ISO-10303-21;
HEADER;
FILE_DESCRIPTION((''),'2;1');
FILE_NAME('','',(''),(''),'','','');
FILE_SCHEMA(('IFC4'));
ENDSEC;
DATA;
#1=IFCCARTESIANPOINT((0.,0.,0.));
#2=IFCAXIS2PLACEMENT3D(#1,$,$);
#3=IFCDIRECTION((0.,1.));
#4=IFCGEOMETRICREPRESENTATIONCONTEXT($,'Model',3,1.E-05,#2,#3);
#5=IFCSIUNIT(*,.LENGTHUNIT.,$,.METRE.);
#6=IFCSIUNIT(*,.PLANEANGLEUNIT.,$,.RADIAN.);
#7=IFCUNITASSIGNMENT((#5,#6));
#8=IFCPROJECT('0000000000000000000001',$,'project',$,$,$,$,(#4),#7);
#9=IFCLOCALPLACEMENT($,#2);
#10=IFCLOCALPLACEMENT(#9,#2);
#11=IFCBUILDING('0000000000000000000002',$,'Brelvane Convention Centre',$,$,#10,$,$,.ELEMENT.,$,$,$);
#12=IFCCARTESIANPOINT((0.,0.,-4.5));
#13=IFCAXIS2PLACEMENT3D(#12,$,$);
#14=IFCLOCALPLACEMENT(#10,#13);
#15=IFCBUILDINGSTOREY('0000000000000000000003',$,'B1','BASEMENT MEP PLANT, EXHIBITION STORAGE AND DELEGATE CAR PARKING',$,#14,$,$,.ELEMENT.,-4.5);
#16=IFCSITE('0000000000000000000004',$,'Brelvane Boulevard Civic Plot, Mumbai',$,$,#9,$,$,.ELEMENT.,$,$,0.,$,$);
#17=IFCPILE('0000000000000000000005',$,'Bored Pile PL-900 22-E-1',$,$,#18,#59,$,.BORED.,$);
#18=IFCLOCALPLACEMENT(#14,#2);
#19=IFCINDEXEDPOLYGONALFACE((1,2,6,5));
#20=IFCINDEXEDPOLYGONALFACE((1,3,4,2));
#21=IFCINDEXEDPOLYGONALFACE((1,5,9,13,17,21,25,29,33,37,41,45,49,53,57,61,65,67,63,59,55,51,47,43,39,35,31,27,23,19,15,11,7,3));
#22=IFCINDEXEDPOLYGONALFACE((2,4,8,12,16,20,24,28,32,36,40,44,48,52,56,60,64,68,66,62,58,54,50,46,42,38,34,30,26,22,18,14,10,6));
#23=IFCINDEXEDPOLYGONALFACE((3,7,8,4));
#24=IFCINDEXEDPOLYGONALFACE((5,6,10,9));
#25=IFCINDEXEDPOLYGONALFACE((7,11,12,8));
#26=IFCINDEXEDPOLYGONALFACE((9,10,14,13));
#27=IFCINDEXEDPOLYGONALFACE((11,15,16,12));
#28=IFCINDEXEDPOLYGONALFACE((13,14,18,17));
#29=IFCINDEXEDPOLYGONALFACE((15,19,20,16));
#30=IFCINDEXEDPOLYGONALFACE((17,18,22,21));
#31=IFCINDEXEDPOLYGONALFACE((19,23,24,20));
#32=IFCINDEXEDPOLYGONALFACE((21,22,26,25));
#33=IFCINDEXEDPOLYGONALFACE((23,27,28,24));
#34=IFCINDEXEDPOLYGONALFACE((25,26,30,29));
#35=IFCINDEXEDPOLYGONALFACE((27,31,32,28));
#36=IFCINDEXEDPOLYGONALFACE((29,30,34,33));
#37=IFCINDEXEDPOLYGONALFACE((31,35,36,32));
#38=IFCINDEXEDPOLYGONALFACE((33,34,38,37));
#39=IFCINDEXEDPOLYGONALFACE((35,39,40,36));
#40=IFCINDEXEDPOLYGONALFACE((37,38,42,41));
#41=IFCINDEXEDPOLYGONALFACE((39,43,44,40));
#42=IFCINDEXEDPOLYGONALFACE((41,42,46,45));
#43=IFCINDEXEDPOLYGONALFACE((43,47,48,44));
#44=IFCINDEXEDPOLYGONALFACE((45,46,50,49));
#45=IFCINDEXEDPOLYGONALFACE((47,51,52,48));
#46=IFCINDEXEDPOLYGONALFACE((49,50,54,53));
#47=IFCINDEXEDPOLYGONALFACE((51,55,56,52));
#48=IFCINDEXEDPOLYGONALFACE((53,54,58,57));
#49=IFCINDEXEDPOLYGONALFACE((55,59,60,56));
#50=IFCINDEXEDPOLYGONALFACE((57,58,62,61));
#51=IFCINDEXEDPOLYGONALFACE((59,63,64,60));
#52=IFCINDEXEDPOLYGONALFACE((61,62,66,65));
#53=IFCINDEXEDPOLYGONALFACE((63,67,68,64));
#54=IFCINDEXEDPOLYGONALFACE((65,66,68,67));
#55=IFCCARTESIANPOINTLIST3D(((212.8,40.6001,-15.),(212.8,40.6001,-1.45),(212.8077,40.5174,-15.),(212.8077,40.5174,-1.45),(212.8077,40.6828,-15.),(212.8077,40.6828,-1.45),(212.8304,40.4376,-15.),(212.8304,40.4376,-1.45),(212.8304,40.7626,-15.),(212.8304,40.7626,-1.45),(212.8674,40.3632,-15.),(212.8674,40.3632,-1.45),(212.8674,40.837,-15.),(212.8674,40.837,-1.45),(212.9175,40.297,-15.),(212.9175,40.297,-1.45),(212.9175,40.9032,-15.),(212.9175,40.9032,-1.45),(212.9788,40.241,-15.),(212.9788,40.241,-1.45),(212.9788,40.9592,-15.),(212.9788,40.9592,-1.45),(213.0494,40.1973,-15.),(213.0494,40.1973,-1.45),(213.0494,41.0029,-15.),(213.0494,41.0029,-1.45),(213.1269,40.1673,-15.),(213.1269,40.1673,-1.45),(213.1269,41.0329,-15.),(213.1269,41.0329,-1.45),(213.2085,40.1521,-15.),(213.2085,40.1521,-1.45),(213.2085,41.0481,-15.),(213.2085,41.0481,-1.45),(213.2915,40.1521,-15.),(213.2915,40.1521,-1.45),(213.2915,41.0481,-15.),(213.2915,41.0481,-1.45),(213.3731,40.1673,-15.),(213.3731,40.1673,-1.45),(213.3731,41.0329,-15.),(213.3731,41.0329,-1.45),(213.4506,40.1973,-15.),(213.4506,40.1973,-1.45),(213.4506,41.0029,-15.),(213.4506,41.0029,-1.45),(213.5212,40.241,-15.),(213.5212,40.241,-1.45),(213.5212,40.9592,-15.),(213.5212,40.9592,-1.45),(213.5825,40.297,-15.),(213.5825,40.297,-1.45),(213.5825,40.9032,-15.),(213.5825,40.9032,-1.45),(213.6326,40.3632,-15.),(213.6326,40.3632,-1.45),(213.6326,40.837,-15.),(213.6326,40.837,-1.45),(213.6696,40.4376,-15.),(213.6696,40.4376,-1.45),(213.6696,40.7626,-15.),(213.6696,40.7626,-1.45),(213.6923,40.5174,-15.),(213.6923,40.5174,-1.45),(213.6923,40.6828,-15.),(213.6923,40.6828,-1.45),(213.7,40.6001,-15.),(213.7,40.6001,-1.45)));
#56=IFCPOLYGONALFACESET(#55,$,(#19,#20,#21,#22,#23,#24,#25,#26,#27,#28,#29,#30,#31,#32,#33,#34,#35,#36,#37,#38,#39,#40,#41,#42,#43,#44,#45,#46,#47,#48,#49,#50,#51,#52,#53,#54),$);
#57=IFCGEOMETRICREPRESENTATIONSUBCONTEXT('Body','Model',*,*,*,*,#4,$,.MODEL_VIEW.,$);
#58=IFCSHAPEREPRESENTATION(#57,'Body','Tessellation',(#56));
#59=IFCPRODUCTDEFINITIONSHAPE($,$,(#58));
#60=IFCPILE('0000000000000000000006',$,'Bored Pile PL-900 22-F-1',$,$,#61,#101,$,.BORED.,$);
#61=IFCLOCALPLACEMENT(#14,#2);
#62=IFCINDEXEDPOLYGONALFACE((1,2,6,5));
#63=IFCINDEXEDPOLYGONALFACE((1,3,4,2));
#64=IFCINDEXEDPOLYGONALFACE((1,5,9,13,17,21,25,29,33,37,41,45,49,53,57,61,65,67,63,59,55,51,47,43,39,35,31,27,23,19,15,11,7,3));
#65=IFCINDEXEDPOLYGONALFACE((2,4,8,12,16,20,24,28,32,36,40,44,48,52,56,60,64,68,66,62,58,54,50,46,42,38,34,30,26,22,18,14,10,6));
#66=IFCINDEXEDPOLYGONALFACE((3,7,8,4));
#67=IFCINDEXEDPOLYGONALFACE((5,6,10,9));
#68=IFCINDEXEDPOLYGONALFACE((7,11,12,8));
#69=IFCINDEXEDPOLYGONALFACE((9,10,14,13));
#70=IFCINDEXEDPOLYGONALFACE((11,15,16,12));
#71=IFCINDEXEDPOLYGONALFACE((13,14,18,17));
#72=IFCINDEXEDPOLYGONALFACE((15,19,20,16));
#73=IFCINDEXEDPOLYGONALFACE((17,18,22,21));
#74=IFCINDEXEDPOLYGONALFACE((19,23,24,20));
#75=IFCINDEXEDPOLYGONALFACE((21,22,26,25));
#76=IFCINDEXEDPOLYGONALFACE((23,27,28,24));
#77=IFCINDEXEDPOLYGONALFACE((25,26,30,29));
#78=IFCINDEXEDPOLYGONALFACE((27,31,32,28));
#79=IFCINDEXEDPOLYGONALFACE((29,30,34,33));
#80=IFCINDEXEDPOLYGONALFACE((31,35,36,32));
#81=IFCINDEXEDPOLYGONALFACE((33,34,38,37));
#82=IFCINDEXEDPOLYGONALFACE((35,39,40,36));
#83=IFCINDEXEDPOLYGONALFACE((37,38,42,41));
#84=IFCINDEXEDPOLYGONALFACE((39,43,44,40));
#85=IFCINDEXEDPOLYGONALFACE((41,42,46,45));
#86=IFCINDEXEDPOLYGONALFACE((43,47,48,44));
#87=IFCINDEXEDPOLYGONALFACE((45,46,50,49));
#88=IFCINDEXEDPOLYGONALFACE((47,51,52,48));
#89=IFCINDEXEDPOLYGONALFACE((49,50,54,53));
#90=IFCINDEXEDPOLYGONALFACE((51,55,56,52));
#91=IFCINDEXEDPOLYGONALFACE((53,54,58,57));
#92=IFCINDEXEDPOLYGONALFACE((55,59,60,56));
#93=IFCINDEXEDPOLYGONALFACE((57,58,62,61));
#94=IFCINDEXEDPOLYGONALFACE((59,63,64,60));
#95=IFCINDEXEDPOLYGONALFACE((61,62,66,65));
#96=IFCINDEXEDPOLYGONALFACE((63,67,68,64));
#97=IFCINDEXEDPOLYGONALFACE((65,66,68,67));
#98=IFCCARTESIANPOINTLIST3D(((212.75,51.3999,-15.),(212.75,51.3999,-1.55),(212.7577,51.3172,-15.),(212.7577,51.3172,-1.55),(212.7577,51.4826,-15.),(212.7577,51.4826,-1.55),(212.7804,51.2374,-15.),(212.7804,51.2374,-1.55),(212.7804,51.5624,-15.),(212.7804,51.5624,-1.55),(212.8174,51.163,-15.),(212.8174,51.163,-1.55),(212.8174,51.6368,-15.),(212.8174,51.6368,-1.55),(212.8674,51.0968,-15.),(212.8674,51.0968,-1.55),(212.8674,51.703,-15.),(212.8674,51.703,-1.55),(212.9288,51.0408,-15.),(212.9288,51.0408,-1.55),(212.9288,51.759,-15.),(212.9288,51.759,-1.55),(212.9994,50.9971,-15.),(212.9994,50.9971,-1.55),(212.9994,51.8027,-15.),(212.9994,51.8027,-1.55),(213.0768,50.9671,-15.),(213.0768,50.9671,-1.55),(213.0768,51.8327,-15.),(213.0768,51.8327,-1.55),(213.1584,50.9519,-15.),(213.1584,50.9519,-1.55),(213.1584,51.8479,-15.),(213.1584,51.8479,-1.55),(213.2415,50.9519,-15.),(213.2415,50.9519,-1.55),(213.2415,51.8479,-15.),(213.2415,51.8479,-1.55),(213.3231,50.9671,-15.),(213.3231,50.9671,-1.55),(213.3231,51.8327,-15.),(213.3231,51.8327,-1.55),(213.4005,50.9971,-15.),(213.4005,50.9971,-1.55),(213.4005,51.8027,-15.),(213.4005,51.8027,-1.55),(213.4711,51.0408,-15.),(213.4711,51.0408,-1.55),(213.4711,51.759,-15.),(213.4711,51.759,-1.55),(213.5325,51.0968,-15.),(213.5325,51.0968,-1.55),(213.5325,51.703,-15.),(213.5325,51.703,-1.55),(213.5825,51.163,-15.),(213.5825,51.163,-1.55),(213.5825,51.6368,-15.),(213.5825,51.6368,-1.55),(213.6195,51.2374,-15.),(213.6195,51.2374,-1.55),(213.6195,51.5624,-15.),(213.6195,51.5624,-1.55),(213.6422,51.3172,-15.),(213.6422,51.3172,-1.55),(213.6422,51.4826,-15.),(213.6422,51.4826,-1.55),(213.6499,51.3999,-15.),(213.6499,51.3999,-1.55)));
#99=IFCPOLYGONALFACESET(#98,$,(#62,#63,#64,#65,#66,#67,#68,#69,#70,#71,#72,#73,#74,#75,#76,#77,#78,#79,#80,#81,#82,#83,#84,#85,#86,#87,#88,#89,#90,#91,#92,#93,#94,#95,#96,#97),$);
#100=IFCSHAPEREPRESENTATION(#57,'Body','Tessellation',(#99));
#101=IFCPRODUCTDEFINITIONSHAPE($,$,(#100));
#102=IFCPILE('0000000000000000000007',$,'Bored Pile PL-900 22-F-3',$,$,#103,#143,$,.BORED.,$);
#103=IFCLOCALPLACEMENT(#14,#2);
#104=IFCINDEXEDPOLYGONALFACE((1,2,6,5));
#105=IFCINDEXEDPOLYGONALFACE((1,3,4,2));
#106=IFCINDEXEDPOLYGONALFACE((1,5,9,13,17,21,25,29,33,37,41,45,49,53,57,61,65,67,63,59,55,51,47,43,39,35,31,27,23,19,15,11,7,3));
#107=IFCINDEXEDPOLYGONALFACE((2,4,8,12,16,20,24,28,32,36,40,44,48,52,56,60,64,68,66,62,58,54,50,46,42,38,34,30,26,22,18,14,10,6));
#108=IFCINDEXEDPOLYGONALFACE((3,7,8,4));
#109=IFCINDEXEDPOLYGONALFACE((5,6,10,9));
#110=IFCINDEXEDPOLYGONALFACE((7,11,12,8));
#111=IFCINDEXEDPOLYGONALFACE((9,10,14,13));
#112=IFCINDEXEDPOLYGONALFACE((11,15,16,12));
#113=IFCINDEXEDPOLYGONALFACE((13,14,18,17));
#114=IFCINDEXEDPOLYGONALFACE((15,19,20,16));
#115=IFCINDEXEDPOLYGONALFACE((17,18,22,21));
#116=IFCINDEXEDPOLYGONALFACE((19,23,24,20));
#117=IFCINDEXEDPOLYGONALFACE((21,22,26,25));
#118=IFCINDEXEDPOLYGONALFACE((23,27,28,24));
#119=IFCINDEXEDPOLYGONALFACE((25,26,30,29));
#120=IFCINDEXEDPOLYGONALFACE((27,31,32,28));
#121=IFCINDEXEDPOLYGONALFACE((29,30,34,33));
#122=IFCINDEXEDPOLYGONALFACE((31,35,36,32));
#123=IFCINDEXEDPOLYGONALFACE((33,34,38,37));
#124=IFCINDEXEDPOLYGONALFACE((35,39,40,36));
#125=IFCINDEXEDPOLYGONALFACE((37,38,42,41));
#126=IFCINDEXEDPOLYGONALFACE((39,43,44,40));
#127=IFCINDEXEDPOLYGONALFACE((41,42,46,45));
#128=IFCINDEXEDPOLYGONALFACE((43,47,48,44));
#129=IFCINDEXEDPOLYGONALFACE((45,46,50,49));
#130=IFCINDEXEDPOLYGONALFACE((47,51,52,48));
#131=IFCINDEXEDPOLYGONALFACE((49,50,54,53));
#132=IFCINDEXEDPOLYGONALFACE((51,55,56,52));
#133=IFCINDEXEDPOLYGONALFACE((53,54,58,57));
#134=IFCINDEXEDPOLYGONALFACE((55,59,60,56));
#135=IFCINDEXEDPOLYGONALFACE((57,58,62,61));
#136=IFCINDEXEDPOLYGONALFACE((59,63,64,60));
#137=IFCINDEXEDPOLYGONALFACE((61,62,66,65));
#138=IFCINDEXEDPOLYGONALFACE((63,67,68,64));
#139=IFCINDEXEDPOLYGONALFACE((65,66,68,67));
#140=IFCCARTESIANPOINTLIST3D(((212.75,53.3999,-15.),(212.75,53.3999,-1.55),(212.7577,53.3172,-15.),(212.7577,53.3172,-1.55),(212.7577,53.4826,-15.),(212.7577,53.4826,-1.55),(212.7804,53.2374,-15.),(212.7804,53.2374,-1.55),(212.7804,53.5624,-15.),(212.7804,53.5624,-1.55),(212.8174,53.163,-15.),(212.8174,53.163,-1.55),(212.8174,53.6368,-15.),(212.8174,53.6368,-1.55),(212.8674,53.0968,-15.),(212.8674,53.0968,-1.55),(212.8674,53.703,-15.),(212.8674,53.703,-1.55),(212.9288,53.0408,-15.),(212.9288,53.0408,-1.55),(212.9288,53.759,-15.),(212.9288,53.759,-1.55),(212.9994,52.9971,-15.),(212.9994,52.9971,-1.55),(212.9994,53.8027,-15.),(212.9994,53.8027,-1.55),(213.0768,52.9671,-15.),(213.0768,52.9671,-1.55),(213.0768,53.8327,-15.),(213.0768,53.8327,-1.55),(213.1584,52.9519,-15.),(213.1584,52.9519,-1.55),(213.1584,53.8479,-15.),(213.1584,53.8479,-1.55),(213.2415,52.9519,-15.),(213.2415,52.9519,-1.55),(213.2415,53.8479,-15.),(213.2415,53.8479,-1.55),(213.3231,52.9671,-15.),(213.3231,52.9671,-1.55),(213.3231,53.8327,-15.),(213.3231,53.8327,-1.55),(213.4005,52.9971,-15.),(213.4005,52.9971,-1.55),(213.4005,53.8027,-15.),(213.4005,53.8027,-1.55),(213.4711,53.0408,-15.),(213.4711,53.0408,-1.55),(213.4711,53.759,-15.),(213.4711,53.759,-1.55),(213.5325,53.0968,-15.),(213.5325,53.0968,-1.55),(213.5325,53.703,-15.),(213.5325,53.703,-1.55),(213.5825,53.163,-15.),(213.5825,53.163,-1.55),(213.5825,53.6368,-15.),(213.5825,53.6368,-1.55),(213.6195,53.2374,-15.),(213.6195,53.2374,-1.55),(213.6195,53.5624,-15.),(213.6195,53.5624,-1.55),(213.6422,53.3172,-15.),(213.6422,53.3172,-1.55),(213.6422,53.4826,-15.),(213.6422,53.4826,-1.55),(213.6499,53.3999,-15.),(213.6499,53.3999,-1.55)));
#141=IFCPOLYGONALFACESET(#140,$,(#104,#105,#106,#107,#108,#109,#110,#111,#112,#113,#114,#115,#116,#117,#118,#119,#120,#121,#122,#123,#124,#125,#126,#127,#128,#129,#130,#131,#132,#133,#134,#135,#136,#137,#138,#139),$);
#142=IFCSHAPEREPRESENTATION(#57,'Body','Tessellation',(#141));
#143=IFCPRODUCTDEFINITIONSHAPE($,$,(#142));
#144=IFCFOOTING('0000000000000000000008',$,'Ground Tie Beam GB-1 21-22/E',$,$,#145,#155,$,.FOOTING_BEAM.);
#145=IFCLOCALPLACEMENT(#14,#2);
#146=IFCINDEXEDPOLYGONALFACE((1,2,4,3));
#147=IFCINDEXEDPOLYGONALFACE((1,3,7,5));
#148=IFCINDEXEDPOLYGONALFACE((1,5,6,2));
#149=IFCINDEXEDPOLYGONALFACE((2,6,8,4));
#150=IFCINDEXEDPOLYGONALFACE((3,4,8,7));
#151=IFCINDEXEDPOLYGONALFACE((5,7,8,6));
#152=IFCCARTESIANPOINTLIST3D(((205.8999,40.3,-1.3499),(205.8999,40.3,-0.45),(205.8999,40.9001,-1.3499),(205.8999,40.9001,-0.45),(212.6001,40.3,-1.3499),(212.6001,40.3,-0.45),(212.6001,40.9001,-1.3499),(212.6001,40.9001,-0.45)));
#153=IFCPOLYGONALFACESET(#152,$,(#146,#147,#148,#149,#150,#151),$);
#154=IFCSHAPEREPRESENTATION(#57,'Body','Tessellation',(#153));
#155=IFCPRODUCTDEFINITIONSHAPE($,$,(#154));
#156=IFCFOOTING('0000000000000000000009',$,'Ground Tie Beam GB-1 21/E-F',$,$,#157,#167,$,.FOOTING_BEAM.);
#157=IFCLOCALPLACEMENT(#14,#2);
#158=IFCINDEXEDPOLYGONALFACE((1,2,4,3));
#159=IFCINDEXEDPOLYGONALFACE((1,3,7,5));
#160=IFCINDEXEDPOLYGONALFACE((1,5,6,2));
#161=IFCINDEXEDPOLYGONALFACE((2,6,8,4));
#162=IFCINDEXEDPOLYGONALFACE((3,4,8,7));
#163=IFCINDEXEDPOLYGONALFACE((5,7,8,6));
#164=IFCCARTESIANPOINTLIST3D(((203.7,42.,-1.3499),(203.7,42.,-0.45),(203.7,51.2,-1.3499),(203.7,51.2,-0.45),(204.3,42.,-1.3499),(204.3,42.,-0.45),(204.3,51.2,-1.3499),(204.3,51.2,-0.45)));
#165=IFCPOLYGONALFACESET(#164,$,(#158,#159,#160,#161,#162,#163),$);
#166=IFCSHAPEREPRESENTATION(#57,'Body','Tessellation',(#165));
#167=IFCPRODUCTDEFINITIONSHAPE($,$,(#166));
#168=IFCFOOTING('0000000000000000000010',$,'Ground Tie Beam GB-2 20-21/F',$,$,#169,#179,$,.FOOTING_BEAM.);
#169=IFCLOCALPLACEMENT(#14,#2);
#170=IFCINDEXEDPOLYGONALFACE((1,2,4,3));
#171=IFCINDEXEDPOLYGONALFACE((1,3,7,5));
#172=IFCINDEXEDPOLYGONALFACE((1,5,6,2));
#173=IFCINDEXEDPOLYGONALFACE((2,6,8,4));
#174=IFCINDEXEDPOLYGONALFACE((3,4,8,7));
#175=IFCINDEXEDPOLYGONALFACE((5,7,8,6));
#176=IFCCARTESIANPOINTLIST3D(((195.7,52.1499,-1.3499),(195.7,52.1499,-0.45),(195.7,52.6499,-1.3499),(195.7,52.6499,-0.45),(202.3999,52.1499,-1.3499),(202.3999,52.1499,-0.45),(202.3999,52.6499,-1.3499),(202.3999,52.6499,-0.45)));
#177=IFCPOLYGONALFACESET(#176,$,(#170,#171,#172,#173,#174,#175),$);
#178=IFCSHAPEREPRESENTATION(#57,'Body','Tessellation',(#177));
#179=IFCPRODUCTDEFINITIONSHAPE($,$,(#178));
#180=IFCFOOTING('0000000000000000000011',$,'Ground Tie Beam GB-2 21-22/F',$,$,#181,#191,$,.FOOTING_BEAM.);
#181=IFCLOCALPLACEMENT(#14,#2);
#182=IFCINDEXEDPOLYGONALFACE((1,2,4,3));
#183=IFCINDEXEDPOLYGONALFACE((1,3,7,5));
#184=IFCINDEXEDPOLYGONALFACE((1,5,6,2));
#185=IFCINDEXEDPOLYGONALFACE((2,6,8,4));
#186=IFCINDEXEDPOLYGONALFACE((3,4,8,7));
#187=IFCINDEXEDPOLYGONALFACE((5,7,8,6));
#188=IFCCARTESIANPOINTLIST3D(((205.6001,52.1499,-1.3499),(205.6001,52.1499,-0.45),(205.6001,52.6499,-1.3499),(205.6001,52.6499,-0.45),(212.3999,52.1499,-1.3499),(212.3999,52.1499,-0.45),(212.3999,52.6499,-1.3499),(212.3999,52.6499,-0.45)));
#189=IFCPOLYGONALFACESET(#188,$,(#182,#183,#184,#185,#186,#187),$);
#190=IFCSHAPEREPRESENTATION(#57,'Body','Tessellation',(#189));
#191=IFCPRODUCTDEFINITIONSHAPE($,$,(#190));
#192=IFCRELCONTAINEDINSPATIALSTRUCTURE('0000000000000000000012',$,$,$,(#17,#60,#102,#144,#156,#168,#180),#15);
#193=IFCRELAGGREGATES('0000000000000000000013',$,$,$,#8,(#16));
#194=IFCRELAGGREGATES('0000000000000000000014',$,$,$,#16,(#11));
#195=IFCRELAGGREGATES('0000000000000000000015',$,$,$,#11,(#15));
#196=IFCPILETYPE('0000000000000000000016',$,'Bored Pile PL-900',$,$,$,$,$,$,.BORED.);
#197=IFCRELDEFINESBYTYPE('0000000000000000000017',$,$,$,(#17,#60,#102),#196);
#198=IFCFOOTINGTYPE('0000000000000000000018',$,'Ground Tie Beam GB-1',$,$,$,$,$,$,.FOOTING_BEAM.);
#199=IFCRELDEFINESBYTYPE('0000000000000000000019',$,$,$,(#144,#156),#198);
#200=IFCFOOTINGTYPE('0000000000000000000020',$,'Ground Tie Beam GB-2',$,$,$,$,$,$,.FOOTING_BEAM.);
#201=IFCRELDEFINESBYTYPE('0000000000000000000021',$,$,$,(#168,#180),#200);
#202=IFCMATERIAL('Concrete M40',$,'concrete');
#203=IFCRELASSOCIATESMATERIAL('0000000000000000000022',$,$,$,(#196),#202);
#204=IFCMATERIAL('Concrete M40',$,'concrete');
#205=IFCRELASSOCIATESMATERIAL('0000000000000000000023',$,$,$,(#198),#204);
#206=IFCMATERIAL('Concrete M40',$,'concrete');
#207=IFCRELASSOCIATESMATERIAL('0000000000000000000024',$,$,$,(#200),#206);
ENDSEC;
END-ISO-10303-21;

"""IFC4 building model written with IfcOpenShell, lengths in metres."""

from ifc_helpers import new_model, si_unit, direction, frame, origin, origin_2d, place, context, subcontext, project, spatial, rectangle, circle, extrude, material, material_profile, profile_set, type_object, element, save


model = new_model("IFC4")

# Units and contexts
model_context = context("Model", 3, precision=1e-05, world=origin(), true_north=direction((0.0, 1.0)))
body_context = subcontext(model_context, "Body", "Model", "MODEL_VIEW")
ifc_project = project(units=[si_unit("LENGTHUNIT", "METRE"), si_unit("PLANEANGLEUNIT", "RADIAN")], contexts=[model_context])

# Site, building, storey
site_placement = place(None, origin())
site = spatial("IfcSite", under=ifc_project, at=site_placement, Name="Brelvane Boulevard Civic Plot, Mumbai", CompositionType="ELEMENT", RefElevation=0.0)
building_placement = place(site_placement, origin())
building = spatial("IfcBuilding", under=site, at=building_placement, Name="Brelvane Convention Centre", CompositionType="ELEMENT")
storey_placement = place(building_placement, frame((0.0, 0.0, -4.5)))
storey = spatial("IfcBuildingStorey", under=building, at=storey_placement, Name="B1", Description="BASEMENT MEP PLANT, EXHIBITION STORAGE AND DELEGATE CAR PARKING", CompositionType="ELEMENT", Elevation=-4.5)

# Piles
ifc_material_1 = material(Name="Concrete M40", Category="concrete")
ifc_material_profile_1 = material_profile(ifc_material_1, circle(Radius=0.45, at=origin_2d()), Name="PILE D900")
ifc_profile_set_1 = profile_set([ifc_material_profile_1], Name="Concrete M40")
pile_type = type_object("IfcPileType", Name="Bored Pile PL-900", PredefinedType="BORED", material=ifc_profile_set_1)
for number, where, z_axis, x_axis, name in (
    (1, (213.25, 40.6001, -1.45), (0.0, 0.0, -1.0), (1.0, 0.0, 0.0), "Bored Pile PL-900 22-E-1"),
):
    element("IfcPile", number, at=place(storey_placement, frame(where, z_axis=z_axis, x_axis=x_axis)), inside=storey, type_object=pile_type, Name=name, PredefinedType="BORED", context=body_context, shape_type="SweptSolid", body=[
        extrude(circle(Radius=0.45, at=origin_2d()), origin(), (0.0, 0.0, 1.0), 13.55),
    ])
for number, where, z_axis, x_axis, name in (
    (2, (213.2, 51.3999, -1.55), (0.0, 0.0, -1.0), (1.0, 0.0, 0.0), "Bored Pile PL-900 22-F-1"),
    (3, (213.2, 53.3999, -1.55), (0.0, 0.0, -1.0), (1.0, 0.0, 0.0), "Bored Pile PL-900 22-F-3"),
):
    element("IfcPile", number, at=place(storey_placement, frame(where, z_axis=z_axis, x_axis=x_axis)), inside=storey, type_object=pile_type, Name=name, PredefinedType="BORED", context=body_context, shape_type="SweptSolid", body=[
        extrude(circle(Radius=0.45, at=origin_2d()), origin(), (0.0, 0.0, 1.0), 13.45),
    ])

# Footings
ifc_material_2 = material(Name="Concrete M40", Category="concrete")
ifc_material_profile_2 = material_profile(ifc_material_2, rectangle(XDim=0.6001, YDim=0.8999, at=origin_2d()), Name="RC 600x900")
ifc_profile_set_2 = profile_set([ifc_material_profile_2], Name="Concrete M40")
footing_type_1 = type_object("IfcFootingType", Name="Ground Tie Beam GB-1", PredefinedType="FOOTING_BEAM", material=ifc_profile_set_2)
footing_1_placement = place(storey_placement, frame((205.8999, 40.6001, -0.8999), z_axis=(1.0, 0.0, 0.0), x_axis=(0.0, 1.0, 0.0)))
element("IfcFooting", 4, at=footing_1_placement, inside=storey, type_object=footing_type_1, Name="Ground Tie Beam GB-1 21-22/E", PredefinedType="FOOTING_BEAM", context=body_context, shape_type="SweptSolid", body=[
    extrude(rectangle(XDim=0.6001, YDim=0.8999, at=origin_2d()), origin(), (0.0, 0.0, 1.0), 6.7002),
])
footing_2_placement = place(storey_placement, frame((204.0, 42.0, -0.8999), z_axis=(0.0, 1.0, 0.0), x_axis=(-1.0, 0.0, 0.0)))
element("IfcFooting", 5, at=footing_2_placement, inside=storey, type_object=footing_type_1, Name="Ground Tie Beam GB-1 21/E-F", PredefinedType="FOOTING_BEAM", context=body_context, shape_type="SweptSolid", body=[
    extrude(rectangle(XDim=0.6001, YDim=0.8999, at=origin_2d()), origin(), (0.0, 0.0, 1.0), 9.2),
])
ifc_material_3 = material(Name="Concrete M40", Category="concrete")
ifc_material_profile_3 = material_profile(ifc_material_3, rectangle(XDim=0.5, YDim=0.8999, at=origin_2d()), Name="RC 500x900")
ifc_profile_set_3 = profile_set([ifc_material_profile_3], Name="Concrete M40")
footing_type_2 = type_object("IfcFootingType", Name="Ground Tie Beam GB-2", PredefinedType="FOOTING_BEAM", material=ifc_profile_set_3)
footing_3_placement = place(storey_placement, frame((195.7, 52.3999, -0.8999), z_axis=(1.0, 0.0, 0.0), x_axis=(0.0, 1.0, 0.0)))
element("IfcFooting", 6, at=footing_3_placement, inside=storey, type_object=footing_type_2, Name="Ground Tie Beam GB-2 20-21/F", PredefinedType="FOOTING_BEAM", context=body_context, shape_type="SweptSolid", body=[
    extrude(rectangle(XDim=0.5, YDim=0.8999, at=origin_2d()), origin(), (0.0, 0.0, 1.0), 6.7),
])
footing_4_placement = place(storey_placement, frame((205.6001, 52.3999, -0.8999), z_axis=(1.0, 0.0, 0.0), x_axis=(0.0, 1.0, 0.0)))
element("IfcFooting", 7, at=footing_4_placement, inside=storey, type_object=footing_type_2, Name="Ground Tie Beam GB-2 21-22/F", PredefinedType="FOOTING_BEAM", context=body_context, shape_type="SweptSolid", body=[
    extrude(rectangle(XDim=0.5, YDim=0.8999, at=origin_2d()), origin(), (0.0, 0.0, 1.0), 6.7998),
])

save(model, "model.ifc")
